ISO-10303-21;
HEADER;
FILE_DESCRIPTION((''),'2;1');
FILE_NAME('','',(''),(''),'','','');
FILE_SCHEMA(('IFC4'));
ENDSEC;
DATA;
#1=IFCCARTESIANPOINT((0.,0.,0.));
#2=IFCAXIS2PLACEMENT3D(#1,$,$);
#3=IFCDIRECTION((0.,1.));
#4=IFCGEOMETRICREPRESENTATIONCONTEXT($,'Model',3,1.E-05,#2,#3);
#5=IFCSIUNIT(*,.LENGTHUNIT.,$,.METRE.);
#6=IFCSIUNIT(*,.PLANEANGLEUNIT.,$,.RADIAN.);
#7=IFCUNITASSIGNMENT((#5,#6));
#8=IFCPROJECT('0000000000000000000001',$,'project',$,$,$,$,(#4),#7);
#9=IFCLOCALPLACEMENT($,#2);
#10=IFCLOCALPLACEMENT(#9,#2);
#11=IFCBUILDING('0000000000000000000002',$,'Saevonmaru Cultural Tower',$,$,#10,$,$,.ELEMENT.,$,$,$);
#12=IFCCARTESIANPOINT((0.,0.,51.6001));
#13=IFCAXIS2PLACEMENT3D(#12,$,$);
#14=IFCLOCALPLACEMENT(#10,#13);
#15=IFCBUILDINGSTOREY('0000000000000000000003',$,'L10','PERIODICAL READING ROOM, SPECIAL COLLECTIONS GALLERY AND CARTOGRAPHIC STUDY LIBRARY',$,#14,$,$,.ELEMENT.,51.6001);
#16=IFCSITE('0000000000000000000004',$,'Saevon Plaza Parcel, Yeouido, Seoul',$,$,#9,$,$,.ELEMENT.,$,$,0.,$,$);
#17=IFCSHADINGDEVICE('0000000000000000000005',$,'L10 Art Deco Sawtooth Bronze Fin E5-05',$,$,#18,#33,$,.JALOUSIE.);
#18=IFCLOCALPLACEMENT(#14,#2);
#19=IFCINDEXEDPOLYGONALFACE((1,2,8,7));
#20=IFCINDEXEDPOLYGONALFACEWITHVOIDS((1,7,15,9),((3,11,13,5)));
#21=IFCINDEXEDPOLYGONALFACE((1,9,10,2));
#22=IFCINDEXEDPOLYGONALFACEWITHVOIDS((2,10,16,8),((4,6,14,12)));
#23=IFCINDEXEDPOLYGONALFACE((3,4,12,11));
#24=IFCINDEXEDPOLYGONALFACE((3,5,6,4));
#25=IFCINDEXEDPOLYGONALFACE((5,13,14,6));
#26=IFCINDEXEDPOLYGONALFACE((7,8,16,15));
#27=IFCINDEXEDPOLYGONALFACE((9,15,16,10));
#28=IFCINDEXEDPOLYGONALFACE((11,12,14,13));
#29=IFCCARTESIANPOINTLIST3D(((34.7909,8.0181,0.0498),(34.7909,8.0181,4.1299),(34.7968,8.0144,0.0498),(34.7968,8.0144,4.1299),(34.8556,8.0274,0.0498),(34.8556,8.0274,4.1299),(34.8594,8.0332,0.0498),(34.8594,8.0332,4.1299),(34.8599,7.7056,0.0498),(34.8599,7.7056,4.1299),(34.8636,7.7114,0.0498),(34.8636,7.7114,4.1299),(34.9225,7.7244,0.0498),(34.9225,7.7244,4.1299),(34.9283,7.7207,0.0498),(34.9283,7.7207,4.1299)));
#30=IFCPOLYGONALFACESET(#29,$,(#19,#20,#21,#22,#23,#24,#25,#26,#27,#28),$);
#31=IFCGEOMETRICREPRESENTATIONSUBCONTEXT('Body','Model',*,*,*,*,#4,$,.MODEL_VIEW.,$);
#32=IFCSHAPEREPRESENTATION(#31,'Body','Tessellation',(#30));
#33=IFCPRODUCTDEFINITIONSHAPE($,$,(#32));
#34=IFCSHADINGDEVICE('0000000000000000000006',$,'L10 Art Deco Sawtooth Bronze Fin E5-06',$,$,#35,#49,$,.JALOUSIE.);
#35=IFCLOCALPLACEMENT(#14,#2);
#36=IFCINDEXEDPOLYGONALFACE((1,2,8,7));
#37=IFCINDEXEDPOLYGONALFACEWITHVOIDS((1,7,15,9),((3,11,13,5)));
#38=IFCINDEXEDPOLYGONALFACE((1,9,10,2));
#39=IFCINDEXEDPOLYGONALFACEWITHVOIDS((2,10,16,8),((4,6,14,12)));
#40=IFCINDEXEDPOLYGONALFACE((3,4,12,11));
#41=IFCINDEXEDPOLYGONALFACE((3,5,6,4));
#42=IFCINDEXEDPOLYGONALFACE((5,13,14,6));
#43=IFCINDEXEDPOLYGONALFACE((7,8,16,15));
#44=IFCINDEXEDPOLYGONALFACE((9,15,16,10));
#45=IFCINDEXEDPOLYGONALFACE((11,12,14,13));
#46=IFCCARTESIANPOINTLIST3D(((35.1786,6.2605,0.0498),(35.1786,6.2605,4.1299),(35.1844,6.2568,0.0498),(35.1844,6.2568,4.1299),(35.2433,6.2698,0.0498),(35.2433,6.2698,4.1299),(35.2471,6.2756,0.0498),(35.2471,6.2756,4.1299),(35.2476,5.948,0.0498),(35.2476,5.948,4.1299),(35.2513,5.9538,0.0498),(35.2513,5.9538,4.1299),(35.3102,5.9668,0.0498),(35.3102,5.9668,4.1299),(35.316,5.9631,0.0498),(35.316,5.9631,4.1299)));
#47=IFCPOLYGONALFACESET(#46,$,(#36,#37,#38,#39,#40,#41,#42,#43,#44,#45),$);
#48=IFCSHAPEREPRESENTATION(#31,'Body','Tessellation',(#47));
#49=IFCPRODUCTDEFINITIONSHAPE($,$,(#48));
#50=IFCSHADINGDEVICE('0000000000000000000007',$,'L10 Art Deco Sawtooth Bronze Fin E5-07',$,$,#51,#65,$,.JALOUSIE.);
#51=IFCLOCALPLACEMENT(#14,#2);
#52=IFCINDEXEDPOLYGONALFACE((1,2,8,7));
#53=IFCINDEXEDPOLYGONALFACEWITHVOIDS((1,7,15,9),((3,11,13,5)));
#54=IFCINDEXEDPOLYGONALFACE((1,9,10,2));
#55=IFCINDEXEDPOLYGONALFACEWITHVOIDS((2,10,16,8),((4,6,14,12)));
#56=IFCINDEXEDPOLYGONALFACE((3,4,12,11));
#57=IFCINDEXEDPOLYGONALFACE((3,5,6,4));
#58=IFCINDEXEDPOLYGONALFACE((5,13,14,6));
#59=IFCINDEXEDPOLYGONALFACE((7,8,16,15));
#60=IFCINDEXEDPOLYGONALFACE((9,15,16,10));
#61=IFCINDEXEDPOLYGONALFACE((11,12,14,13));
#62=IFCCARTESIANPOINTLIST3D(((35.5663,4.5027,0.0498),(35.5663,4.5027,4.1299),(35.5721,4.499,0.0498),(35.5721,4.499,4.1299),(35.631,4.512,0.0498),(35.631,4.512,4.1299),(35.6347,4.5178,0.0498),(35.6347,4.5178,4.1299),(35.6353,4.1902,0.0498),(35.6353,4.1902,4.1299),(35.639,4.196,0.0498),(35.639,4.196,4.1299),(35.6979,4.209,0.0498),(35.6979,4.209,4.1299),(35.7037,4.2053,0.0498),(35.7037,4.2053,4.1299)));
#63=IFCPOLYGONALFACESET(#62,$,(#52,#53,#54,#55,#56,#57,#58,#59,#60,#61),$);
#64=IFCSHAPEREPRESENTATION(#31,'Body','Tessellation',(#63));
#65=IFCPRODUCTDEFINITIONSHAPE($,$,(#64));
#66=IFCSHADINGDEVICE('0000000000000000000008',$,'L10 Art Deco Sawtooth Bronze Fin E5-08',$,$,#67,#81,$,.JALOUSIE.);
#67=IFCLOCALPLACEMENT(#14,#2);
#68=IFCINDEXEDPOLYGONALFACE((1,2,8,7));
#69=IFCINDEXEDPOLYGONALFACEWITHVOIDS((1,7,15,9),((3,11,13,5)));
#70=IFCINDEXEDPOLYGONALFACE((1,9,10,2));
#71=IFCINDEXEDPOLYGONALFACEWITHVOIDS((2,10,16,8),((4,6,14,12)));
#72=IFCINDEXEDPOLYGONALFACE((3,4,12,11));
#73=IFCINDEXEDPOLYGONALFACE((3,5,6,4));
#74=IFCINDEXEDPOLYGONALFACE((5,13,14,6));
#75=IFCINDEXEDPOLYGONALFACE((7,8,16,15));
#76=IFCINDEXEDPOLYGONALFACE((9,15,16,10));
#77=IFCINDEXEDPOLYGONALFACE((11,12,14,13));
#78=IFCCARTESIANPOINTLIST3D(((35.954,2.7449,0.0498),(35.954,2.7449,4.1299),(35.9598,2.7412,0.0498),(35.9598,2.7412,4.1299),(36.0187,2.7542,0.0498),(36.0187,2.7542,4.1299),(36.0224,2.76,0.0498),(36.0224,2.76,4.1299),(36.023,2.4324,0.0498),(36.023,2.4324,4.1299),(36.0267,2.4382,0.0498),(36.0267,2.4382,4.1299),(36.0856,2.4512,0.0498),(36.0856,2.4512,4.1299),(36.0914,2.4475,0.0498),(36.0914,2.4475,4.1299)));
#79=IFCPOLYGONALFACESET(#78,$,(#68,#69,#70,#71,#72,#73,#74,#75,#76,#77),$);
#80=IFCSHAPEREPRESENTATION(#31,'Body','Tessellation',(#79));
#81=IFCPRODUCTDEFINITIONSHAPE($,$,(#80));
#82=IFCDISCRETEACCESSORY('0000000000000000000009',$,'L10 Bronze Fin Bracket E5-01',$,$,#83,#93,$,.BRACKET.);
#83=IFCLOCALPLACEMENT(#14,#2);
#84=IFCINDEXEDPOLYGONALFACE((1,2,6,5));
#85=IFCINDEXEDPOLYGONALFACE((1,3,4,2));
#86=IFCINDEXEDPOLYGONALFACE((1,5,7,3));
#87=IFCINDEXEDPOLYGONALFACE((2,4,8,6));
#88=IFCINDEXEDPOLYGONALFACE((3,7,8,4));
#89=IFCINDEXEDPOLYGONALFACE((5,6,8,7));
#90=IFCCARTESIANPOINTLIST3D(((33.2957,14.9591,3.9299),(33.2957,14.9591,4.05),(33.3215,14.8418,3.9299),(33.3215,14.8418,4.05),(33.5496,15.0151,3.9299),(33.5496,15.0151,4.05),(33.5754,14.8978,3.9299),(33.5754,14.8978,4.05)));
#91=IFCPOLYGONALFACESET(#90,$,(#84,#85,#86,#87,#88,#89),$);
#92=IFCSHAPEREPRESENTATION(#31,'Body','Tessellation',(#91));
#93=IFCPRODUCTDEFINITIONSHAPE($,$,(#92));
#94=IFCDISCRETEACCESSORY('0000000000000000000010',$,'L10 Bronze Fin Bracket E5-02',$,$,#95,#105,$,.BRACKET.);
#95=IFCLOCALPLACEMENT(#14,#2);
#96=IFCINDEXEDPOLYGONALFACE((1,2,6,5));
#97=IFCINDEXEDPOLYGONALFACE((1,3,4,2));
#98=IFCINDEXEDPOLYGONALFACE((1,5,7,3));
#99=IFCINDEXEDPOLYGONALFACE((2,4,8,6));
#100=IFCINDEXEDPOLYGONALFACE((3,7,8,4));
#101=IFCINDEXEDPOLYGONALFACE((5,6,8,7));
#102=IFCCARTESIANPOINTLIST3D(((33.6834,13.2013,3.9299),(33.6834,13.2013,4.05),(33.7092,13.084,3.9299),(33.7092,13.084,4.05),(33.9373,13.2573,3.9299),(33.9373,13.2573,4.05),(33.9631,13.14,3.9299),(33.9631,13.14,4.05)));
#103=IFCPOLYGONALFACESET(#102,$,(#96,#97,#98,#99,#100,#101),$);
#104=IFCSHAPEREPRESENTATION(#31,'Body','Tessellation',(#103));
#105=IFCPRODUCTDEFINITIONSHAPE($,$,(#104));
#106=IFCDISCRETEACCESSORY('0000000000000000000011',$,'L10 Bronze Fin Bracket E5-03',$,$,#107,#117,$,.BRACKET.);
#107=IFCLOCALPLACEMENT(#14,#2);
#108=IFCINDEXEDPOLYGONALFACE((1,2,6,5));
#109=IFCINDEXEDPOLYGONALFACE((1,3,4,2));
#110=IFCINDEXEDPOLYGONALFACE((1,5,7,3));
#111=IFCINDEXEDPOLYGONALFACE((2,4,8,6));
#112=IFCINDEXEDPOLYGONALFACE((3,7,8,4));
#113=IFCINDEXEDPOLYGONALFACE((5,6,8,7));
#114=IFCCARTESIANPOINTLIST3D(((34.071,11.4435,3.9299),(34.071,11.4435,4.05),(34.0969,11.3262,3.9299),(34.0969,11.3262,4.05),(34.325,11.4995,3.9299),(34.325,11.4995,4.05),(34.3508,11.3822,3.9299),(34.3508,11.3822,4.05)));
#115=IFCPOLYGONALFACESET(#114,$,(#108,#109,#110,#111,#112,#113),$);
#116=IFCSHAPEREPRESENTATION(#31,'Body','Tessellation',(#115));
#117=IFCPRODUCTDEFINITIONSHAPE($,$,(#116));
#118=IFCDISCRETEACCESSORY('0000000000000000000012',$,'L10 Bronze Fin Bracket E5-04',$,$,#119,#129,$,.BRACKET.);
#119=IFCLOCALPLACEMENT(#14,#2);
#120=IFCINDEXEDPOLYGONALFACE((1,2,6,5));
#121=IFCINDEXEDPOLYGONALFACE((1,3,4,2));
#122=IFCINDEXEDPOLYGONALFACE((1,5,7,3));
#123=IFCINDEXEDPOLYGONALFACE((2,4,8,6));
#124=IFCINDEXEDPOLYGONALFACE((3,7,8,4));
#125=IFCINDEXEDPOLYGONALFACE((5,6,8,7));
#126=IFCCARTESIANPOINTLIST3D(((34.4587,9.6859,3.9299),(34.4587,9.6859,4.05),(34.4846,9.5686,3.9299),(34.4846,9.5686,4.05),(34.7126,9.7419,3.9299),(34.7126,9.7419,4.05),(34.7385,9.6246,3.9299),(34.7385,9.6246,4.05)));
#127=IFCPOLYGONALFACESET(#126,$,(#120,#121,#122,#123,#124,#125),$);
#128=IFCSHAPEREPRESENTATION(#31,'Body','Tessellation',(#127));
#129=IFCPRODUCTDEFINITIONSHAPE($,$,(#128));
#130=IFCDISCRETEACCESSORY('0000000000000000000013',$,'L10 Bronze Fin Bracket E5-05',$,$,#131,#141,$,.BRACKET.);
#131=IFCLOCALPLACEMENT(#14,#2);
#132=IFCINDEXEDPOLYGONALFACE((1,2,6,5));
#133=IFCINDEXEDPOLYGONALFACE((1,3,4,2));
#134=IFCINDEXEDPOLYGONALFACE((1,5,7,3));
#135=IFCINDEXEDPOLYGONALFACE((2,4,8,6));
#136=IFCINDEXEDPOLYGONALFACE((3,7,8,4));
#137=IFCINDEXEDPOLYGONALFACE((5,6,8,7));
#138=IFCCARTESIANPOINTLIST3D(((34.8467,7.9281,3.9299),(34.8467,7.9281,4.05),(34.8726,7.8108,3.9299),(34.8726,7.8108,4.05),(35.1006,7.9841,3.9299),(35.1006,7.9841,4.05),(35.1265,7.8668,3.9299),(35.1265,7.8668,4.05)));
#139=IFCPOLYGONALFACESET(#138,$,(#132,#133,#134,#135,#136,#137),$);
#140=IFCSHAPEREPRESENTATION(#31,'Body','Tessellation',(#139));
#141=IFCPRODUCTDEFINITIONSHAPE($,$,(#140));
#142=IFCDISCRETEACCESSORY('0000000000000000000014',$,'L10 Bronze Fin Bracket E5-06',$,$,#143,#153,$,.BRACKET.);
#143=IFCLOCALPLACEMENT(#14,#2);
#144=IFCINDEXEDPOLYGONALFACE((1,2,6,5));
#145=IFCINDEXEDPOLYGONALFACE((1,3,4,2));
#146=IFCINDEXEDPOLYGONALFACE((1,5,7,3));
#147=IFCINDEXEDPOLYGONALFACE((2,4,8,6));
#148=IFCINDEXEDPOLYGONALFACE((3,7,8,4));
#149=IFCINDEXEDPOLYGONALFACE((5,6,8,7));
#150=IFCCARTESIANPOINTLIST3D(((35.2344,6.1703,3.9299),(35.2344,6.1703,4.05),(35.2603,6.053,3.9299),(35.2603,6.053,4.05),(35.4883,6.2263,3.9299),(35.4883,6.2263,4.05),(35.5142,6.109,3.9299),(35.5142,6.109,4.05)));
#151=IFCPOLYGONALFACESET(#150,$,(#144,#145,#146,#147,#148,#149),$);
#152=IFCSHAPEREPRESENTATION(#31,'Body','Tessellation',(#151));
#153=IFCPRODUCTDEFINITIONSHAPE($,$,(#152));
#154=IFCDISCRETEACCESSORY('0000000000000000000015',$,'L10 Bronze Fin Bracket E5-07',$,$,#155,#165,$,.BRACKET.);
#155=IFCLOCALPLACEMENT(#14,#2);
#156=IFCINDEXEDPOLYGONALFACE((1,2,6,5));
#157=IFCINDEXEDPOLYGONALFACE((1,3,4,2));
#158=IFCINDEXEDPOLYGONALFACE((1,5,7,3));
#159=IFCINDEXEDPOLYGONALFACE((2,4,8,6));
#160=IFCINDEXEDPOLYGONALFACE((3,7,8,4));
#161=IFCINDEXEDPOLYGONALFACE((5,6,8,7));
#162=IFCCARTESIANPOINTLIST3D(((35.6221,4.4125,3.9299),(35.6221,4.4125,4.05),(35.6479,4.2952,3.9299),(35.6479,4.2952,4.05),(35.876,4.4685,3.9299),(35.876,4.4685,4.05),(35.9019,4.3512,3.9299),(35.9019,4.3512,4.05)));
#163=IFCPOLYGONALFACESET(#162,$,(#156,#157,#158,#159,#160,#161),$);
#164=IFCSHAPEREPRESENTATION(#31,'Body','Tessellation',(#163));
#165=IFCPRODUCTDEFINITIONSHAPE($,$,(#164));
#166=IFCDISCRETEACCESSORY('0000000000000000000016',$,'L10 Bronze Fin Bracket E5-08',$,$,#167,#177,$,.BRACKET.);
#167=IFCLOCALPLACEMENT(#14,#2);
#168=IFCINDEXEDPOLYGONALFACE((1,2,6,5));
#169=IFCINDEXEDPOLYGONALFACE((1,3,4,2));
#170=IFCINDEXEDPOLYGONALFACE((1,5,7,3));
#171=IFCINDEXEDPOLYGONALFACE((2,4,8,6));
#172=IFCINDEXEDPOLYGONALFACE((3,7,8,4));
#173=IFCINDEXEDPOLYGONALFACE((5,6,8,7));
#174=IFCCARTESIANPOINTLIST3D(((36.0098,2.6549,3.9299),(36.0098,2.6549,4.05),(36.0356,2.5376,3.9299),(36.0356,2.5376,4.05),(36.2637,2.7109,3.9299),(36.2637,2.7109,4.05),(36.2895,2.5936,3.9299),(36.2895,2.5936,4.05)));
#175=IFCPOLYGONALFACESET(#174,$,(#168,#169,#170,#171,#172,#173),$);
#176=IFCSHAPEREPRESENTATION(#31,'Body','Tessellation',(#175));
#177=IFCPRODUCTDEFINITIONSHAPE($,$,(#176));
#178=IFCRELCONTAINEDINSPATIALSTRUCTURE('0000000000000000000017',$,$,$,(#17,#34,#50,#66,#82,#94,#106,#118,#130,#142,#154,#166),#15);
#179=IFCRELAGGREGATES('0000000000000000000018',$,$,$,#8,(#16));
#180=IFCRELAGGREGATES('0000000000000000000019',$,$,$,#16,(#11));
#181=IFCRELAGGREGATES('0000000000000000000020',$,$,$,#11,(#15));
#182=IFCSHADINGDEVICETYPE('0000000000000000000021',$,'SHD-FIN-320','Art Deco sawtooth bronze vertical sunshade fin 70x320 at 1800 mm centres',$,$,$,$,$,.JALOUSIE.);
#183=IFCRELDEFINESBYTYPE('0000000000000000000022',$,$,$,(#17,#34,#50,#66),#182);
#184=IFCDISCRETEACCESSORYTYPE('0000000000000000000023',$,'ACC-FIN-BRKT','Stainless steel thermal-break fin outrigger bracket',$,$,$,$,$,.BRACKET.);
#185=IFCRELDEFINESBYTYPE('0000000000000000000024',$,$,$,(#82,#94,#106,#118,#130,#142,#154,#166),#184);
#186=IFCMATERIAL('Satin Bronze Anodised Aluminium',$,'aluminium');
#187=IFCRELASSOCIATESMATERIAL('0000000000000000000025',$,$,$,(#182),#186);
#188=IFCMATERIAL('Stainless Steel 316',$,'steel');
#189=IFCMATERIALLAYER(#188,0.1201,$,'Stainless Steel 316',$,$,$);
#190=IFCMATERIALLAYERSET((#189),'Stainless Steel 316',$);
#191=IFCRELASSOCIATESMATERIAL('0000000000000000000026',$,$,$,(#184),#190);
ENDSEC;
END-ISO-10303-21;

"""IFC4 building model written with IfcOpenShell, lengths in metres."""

from ifc_helpers import new_model, si_unit, direction, frame, origin, origin_2d, place, context, subcontext, project, spatial, rectangle, hollow_rectangle, extrude, material, layer, layer_set, material_profile, profile_set, type_object, element, save


model = new_model("IFC4")

# Units and contexts
model_context = context("Model", 3, precision=1e-05, world=origin(), true_north=direction((0.0, 1.0)))
body_context = subcontext(model_context, "Body", "Model", "MODEL_VIEW")
ifc_project = project(units=[si_unit("LENGTHUNIT", "METRE"), si_unit("PLANEANGLEUNIT", "RADIAN")], contexts=[model_context])

# Site, building, storey
site_placement = place(None, origin())
site = spatial("IfcSite", under=ifc_project, at=site_placement, Name="Saevon Plaza Parcel, Yeouido, Seoul", CompositionType="ELEMENT", RefElevation=0.0)
building_placement = place(site_placement, origin())
building = spatial("IfcBuilding", under=site, at=building_placement, Name="Saevonmaru Cultural Tower", CompositionType="ELEMENT")
storey_placement = place(building_placement, frame((0.0, 0.0, 51.6001)))
storey = spatial("IfcBuildingStorey", under=building, at=storey_placement, Name="L10", Description="PERIODICAL READING ROOM, SPECIAL COLLECTIONS GALLERY AND CARTOGRAPHIC STUDY LIBRARY", CompositionType="ELEMENT", Elevation=51.6001)

# Shared definitions
ifc_material_1 = material(Name="Satin Bronze Anodised Aluminium", Category="aluminium")

# Shading devices
ifc_material_profile_1 = material_profile(ifc_material_1, hollow_rectangle(XDim=0.0701, YDim=0.3201, WallThickness=0.0049, at=origin_2d()), Name="FIN-320x70")
ifc_profile_set_1 = profile_set([ifc_material_profile_1], Name="Satin Bronze Anodised Aluminium")
shading_device_type = type_object("IfcShadingDeviceType", Name="SHD-FIN-320", Description="Art Deco sawtooth bronze vertical sunshade fin 70x320 at 1800 mm centres", PredefinedType="JALOUSIE", material=ifc_profile_set_1)
for number, where, z_axis, x_axis, name in (
    (1, (34.8596, 7.8694, 0.0498), (0.0, 0.0, 1.0), (-0.976522, -0.215417, 0.0), "L10 Art Deco Sawtooth Bronze Fin E5-05"),
    (2, (35.2473, 6.1118, 0.0498), (0.0, 0.0, 1.0), (-0.976522, -0.215417, 0.0), "L10 Art Deco Sawtooth Bronze Fin E5-06"),
    (3, (35.635, 4.354, 0.0498), (0.0, 0.0, 1.0), (-0.976522, -0.215417, 0.0), "L10 Art Deco Sawtooth Bronze Fin E5-07"),
    (4, (36.0227, 2.5962, 0.0498), (0.0, 0.0, 1.0), (-0.976522, -0.215417, 0.0), "L10 Art Deco Sawtooth Bronze Fin E5-08"),
):
    element("IfcShadingDevice", number, at=place(storey_placement, frame(where, z_axis=z_axis, x_axis=x_axis)), inside=storey, type_object=shading_device_type, Name=name, PredefinedType="JALOUSIE", context=body_context, shape_type="SweptSolid", body=[
        extrude(hollow_rectangle(XDim=0.0701, YDim=0.3201, WallThickness=0.0049, at=origin_2d()), origin(), (0.0, 0.0, 1.0), 4.0801),
    ])

# Discrete accessories
ifc_material_2 = material(Name="Stainless Steel 316", Category="steel")
ifc_layer_1 = layer(ifc_material_2, 0.1201, Name="Stainless Steel 316")
ifc_layer_set_1 = layer_set([ifc_layer_1], Name="Stainless Steel 316")
discrete_accessory_type = type_object("IfcDiscreteAccessoryType", Name="ACC-FIN-BRKT", Description="Stainless steel thermal-break fin outrigger bracket", PredefinedType="BRACKET", material=ifc_layer_set_1)
for number, where, z_axis, x_axis, name in (
    (5, (33.4355, 14.9285, 3.9299), (0.0, 0.0, 1.0), (-0.976522, -0.215417, 0.0), "L10 Bronze Fin Bracket E5-01"),
    (6, (33.8232, 13.1707, 3.9299), (0.0, 0.0, 1.0), (-0.976522, -0.215417, 0.0), "L10 Bronze Fin Bracket E5-02"),
    (7, (34.2109, 11.4128, 3.9299), (0.0, 0.0, 1.0), (-0.976522, -0.215417, 0.0), "L10 Bronze Fin Bracket E5-03"),
    (8, (34.5986, 9.6553, 3.9299), (0.0, 0.0, 1.0), (-0.976522, -0.215417, 0.0), "L10 Bronze Fin Bracket E5-04"),
    (9, (34.9866, 7.8975, 3.9299), (0.0, 0.0, 1.0), (-0.976522, -0.215417, 0.0), "L10 Bronze Fin Bracket E5-05"),
    (10, (35.3743, 6.1396, 3.9299), (0.0, 0.0, 1.0), (-0.976522, -0.215417, 0.0), "L10 Bronze Fin Bracket E5-06"),
    (11, (35.762, 4.3818, 3.9299), (0.0, 0.0, 1.0), (-0.976522, -0.215417, 0.0), "L10 Bronze Fin Bracket E5-07"),
    (12, (36.1497, 2.6243, 3.9299), (0.0, 0.0, 1.0), (-0.976522, -0.215417, 0.0), "L10 Bronze Fin Bracket E5-08"),
):
    element("IfcDiscreteAccessory", number, at=place(storey_placement, frame(where, z_axis=z_axis, x_axis=x_axis)), inside=storey, type_object=discrete_accessory_type, Name=name, PredefinedType="BRACKET", context=body_context, shape_type="SweptSolid", body=[
        extrude(rectangle(XDim=0.26, YDim=0.1201, at=origin_2d()), origin(), (0.0, 0.0, 1.0), 0.1201),
    ])

save(model, "model.ifc")
